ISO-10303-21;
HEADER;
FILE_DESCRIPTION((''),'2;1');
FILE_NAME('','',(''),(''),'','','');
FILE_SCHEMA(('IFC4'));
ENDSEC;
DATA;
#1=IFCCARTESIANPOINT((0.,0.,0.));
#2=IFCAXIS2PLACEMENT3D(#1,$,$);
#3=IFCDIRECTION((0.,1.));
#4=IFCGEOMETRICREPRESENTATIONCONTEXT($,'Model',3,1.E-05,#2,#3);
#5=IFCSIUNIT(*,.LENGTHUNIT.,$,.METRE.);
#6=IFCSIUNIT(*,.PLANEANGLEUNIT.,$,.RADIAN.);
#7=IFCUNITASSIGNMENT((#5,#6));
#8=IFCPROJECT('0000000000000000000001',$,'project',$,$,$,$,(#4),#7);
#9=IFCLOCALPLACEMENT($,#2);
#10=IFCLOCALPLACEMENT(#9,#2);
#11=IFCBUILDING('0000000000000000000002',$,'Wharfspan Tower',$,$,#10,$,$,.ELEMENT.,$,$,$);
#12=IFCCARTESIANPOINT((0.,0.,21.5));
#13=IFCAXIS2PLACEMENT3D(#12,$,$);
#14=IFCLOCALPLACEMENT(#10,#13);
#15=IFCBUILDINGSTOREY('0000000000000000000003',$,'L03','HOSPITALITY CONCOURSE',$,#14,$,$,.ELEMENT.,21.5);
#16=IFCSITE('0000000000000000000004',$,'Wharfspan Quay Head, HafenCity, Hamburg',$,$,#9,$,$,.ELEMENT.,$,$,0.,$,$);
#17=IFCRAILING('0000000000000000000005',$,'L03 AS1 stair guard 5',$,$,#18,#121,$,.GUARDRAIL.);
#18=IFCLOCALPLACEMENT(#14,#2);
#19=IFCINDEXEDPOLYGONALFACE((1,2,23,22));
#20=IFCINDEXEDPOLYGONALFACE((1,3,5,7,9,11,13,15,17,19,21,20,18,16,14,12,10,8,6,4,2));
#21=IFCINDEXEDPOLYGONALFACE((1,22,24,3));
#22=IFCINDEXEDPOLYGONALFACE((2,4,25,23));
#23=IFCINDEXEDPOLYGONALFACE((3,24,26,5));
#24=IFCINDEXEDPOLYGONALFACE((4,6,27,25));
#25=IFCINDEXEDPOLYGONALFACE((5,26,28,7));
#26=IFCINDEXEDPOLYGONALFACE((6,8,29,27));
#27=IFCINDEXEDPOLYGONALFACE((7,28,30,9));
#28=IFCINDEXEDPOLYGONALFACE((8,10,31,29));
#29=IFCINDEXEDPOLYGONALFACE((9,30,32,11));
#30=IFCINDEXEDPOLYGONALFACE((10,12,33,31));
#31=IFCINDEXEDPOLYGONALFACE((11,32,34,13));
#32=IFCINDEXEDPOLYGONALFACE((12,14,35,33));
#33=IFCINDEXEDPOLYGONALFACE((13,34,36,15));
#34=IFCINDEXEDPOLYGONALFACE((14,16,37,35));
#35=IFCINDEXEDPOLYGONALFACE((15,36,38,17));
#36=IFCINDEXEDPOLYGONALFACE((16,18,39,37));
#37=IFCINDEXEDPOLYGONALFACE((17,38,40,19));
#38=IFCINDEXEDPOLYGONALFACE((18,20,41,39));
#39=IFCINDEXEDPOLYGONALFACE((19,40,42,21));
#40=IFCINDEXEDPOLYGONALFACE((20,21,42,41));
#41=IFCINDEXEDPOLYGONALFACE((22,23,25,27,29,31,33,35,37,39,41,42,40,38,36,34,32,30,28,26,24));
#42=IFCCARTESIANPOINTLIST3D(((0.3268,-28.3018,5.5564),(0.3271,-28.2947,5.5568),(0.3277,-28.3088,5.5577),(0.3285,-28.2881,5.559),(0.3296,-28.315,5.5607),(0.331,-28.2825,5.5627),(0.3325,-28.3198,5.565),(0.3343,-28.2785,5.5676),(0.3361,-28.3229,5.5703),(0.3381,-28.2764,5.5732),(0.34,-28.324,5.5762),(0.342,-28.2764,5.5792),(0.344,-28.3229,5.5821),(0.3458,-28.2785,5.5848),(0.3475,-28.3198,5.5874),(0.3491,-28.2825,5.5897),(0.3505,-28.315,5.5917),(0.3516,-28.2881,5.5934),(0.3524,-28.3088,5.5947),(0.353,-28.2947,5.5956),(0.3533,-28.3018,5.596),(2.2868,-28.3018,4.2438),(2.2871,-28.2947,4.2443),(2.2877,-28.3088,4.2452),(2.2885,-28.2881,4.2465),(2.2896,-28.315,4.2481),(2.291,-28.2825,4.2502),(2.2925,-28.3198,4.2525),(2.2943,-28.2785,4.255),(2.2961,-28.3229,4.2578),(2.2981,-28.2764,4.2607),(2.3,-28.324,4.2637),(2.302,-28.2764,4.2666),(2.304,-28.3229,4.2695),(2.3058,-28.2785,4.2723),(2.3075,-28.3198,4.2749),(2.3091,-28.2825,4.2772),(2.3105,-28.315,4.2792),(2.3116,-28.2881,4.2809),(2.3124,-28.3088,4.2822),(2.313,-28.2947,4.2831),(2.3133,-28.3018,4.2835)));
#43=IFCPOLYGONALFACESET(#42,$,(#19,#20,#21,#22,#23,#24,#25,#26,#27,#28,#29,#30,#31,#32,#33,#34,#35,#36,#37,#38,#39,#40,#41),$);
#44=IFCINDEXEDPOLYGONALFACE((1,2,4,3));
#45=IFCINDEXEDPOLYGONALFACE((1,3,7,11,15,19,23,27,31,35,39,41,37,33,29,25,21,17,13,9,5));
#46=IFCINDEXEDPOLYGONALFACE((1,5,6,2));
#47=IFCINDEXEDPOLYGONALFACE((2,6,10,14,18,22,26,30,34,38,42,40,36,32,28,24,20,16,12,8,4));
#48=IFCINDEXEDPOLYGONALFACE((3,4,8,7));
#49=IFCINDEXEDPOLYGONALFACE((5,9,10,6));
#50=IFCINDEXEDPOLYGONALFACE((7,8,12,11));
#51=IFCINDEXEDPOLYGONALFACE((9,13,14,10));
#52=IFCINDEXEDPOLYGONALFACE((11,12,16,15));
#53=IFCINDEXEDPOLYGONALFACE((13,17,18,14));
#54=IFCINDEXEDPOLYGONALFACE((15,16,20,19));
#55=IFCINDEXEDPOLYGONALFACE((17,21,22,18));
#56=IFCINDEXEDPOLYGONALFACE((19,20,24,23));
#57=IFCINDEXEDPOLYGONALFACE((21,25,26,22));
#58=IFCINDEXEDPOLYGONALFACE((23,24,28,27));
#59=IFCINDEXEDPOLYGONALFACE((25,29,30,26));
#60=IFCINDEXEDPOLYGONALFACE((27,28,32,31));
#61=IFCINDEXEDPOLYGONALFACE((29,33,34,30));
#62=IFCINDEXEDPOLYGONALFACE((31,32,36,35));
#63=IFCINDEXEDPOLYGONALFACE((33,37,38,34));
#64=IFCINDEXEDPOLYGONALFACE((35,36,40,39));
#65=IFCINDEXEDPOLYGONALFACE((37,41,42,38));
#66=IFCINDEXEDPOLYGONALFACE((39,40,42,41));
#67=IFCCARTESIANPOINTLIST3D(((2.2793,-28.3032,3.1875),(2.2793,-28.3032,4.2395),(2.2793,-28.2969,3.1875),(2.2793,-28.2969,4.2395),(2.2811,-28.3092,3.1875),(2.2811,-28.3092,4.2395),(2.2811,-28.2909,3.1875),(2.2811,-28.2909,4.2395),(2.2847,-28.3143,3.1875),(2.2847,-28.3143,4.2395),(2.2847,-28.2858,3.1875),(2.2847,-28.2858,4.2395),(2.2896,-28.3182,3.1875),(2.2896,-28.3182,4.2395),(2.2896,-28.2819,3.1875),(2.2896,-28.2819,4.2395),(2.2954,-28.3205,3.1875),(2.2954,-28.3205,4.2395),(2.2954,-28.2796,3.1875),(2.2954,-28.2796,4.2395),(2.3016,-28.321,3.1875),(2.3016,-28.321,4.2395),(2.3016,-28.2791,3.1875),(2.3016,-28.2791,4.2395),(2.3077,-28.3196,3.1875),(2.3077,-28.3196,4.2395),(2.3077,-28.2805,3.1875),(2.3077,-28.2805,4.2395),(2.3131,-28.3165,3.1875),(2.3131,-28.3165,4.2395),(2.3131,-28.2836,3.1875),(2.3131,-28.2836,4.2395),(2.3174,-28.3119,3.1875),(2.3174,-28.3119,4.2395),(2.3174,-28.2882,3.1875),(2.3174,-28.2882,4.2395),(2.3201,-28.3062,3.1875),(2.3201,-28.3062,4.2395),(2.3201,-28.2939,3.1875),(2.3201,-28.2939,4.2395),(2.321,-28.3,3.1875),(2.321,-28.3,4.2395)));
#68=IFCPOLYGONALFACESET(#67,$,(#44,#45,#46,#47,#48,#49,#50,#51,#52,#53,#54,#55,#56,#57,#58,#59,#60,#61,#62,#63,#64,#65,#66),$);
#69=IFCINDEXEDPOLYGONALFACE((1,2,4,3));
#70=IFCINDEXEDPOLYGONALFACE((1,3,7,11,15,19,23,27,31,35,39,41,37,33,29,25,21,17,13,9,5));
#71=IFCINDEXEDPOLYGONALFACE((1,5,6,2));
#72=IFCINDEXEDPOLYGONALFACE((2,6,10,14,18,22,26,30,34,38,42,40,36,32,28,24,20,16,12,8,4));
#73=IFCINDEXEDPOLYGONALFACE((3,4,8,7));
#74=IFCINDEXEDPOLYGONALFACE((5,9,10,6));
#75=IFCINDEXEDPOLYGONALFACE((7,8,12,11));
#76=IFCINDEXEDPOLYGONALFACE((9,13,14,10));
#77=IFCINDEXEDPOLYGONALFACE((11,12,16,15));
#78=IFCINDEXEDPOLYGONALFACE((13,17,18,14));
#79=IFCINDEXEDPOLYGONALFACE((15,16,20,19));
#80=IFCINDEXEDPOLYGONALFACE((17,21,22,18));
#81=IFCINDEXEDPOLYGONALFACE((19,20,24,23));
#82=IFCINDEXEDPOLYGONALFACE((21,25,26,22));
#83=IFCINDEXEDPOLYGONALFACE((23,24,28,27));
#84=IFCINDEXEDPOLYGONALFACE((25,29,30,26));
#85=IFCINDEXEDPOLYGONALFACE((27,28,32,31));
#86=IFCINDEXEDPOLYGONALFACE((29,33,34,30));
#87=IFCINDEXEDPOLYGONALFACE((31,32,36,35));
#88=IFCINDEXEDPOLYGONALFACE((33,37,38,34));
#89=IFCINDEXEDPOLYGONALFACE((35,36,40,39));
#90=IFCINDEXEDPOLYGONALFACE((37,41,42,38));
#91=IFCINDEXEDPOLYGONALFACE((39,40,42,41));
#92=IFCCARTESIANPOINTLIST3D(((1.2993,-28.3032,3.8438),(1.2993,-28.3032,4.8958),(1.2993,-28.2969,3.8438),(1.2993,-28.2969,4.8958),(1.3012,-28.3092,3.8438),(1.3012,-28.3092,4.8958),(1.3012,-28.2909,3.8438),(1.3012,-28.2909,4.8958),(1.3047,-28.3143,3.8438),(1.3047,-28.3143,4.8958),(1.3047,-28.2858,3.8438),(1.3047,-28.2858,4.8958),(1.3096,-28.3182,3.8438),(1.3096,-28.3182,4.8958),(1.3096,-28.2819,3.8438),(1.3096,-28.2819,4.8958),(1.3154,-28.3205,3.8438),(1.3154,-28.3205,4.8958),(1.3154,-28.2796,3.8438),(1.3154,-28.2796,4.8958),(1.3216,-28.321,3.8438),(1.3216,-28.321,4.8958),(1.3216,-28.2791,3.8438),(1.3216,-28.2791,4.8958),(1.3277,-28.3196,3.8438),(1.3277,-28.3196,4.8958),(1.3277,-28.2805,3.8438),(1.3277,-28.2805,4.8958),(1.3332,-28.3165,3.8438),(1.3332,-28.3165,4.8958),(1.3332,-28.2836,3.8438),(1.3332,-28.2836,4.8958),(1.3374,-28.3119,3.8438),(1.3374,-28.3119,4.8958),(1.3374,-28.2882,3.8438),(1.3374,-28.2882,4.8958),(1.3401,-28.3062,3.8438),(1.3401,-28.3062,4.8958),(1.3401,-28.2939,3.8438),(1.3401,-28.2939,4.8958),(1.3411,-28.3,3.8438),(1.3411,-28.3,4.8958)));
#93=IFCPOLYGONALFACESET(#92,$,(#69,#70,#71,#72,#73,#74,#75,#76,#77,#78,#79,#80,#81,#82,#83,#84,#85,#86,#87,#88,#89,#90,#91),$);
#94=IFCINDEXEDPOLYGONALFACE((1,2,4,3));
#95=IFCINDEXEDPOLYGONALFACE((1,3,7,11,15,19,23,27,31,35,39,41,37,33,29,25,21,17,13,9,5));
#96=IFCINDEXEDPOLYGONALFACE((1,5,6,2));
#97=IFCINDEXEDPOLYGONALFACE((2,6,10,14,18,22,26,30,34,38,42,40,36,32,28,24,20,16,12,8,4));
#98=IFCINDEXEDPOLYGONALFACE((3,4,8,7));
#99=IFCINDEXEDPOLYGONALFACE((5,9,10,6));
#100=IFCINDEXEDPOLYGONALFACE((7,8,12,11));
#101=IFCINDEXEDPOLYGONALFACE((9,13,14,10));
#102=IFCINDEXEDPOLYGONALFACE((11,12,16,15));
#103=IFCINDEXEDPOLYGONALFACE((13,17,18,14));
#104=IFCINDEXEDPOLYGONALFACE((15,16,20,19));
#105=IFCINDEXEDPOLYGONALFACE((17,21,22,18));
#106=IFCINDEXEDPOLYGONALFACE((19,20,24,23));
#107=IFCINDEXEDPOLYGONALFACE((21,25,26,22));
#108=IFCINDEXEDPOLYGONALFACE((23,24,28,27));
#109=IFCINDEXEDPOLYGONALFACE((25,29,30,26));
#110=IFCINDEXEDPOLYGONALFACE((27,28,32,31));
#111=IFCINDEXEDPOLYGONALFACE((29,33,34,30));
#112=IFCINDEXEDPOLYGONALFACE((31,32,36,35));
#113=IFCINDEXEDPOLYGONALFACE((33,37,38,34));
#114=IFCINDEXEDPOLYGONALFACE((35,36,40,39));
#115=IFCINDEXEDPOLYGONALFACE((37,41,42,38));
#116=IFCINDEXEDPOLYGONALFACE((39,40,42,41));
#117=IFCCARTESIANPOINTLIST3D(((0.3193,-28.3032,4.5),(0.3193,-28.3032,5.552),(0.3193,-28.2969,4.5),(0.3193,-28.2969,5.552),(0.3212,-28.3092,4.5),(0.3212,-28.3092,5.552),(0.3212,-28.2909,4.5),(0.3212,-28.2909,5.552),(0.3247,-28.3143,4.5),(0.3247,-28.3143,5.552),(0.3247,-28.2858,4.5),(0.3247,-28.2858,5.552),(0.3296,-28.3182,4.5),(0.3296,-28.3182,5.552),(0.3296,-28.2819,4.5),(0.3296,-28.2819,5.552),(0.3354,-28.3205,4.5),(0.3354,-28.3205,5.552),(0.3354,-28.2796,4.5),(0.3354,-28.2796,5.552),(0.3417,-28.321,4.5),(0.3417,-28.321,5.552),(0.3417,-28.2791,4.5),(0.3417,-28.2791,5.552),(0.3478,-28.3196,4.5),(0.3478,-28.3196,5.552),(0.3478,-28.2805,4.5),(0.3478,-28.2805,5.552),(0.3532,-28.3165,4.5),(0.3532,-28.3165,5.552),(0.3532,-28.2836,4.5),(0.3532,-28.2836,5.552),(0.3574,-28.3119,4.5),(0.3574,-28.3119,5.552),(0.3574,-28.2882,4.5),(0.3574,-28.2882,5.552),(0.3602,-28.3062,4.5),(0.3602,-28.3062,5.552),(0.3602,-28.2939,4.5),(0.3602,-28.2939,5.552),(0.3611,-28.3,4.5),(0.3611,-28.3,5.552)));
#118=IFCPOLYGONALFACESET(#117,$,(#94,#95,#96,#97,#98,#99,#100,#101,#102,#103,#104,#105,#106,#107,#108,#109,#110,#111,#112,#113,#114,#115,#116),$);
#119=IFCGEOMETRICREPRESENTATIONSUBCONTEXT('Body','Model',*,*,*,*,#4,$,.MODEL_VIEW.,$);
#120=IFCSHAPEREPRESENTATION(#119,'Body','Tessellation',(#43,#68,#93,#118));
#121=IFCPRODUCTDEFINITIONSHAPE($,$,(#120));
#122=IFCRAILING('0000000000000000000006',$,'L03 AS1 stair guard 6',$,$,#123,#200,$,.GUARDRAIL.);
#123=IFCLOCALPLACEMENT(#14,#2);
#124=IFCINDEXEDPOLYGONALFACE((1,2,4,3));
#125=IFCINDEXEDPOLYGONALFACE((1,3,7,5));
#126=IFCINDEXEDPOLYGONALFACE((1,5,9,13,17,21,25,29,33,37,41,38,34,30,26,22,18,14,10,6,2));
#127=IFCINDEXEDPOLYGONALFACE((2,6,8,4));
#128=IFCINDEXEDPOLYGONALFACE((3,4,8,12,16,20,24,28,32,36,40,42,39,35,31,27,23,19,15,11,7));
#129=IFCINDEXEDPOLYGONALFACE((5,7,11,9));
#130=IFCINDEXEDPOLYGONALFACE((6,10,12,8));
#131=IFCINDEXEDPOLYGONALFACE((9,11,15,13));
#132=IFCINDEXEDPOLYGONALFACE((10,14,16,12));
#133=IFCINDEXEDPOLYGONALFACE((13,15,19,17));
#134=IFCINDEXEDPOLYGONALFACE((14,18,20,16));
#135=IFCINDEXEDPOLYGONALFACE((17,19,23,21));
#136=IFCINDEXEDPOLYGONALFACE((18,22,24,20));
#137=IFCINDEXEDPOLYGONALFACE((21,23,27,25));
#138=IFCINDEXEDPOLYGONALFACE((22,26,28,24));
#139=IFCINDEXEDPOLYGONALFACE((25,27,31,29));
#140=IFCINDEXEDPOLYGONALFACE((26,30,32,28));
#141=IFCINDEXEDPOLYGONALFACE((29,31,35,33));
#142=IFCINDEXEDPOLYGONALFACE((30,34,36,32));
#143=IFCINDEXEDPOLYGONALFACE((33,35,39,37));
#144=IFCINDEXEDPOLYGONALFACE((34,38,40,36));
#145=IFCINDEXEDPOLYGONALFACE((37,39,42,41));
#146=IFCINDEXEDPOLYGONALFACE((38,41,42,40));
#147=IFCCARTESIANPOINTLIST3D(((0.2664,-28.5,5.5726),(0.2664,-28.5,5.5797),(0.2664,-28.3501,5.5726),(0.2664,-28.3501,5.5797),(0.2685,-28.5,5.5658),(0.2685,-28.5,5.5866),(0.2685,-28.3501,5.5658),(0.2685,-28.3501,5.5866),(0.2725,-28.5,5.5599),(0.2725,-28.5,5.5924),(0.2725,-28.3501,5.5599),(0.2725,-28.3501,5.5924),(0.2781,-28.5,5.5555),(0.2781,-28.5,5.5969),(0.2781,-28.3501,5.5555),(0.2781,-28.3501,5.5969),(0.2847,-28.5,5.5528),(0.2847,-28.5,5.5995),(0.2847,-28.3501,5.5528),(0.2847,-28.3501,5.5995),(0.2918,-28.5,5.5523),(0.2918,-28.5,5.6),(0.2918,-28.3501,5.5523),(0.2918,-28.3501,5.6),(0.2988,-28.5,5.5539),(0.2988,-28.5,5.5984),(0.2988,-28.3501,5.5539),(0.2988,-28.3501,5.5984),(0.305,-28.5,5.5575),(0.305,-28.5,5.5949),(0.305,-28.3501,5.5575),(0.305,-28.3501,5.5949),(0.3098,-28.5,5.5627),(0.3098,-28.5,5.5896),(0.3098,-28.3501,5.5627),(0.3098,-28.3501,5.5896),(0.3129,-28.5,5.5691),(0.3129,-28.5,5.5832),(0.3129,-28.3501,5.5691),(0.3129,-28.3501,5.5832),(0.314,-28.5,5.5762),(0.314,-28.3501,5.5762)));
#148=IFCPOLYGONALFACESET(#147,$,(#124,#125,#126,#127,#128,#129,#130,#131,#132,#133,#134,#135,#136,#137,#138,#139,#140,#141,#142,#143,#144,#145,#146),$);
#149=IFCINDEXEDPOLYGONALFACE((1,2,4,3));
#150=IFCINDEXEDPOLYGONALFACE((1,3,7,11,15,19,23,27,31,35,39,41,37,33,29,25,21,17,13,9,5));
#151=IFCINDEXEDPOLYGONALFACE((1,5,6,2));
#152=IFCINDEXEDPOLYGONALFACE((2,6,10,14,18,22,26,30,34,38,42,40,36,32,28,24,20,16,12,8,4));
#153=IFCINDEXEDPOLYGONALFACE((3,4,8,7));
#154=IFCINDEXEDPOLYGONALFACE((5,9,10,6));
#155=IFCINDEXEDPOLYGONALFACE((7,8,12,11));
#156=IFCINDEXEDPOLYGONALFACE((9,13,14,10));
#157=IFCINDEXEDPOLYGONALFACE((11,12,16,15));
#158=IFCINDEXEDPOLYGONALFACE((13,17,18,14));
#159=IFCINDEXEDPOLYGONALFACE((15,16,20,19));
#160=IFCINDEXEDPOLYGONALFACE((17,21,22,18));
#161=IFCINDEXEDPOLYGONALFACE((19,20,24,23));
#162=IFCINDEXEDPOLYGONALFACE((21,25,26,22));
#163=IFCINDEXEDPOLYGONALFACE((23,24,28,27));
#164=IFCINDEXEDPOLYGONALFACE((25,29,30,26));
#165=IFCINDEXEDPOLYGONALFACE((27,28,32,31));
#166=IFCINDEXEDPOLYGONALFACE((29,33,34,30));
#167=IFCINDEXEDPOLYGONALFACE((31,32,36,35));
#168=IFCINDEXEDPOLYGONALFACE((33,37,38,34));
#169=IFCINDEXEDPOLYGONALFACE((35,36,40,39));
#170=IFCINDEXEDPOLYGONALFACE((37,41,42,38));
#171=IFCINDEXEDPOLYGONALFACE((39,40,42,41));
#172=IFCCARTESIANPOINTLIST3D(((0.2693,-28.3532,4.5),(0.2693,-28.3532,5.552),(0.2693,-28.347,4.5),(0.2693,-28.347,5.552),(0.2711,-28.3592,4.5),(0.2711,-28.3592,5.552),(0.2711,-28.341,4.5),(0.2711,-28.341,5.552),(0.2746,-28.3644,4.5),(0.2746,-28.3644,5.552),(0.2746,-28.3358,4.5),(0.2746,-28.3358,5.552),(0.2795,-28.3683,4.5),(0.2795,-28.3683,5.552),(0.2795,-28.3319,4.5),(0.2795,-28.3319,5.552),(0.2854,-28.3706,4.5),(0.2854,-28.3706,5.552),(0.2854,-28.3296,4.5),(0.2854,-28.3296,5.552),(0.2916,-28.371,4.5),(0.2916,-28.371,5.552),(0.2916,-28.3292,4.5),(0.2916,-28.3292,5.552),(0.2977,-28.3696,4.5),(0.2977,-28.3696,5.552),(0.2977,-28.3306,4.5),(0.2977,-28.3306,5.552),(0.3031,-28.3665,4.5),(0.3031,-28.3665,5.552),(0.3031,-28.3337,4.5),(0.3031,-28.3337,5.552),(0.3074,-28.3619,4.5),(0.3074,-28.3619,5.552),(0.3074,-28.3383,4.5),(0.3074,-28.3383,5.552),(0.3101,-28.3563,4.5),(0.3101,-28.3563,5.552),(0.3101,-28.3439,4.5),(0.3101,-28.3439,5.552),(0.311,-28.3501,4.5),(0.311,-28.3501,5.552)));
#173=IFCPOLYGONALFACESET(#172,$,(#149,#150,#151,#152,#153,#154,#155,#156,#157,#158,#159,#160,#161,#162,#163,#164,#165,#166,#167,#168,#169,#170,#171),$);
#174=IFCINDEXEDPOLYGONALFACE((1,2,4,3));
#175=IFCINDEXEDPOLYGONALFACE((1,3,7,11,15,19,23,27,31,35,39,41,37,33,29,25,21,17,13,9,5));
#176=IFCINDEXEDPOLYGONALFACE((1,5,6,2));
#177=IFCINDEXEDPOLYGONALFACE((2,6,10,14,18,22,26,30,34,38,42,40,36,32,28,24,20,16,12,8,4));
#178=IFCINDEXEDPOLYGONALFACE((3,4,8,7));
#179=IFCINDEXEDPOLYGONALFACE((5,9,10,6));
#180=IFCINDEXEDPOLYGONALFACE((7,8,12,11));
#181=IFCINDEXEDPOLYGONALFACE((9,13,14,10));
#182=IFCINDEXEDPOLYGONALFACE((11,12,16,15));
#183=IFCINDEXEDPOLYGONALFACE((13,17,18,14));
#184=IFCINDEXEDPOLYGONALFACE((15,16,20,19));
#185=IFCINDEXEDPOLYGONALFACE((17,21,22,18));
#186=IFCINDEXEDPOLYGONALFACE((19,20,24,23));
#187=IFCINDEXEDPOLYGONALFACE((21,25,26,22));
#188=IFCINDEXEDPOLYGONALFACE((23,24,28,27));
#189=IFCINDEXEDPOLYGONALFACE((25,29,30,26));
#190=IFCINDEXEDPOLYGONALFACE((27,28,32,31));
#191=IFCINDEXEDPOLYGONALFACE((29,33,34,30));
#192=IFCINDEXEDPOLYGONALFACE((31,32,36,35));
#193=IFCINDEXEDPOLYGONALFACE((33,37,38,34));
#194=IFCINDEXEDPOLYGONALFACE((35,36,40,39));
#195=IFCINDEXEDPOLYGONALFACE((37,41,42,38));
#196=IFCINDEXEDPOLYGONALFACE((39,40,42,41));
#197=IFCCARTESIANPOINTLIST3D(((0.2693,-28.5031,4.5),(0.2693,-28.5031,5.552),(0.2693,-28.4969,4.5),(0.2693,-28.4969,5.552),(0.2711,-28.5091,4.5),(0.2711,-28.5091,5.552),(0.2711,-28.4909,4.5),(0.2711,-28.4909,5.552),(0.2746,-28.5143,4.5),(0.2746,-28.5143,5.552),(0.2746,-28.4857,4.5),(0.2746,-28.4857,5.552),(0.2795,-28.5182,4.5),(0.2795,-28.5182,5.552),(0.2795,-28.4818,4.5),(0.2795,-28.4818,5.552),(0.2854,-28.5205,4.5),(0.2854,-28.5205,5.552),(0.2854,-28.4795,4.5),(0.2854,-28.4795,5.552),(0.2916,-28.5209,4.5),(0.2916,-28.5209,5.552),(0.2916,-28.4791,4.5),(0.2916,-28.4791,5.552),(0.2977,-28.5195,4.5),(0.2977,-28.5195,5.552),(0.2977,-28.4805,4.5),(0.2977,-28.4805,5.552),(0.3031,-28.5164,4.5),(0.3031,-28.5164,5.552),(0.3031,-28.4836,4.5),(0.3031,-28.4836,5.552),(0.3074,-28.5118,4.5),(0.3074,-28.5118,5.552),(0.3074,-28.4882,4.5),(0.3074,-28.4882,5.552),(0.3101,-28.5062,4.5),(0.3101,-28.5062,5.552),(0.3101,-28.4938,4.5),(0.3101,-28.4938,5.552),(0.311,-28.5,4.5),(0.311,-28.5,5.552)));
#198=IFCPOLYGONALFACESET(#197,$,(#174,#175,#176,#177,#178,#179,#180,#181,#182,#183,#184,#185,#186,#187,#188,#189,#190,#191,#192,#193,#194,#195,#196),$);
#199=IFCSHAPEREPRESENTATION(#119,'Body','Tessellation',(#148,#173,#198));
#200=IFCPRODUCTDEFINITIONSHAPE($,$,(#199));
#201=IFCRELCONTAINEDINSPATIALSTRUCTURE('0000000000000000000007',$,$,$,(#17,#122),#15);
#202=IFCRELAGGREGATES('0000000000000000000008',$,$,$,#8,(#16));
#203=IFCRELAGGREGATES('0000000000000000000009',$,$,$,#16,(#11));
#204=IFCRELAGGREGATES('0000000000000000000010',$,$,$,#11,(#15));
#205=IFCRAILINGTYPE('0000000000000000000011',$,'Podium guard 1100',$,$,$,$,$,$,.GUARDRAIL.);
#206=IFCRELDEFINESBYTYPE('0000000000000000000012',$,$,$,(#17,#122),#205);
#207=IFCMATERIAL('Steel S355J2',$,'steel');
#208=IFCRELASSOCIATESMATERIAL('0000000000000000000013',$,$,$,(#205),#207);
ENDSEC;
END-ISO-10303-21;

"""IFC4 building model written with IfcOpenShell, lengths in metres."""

from ifc_helpers import new_model, si_unit, direction, frame, origin, origin_2d, place, context, subcontext, project, spatial, circle, extrude, material, type_object, element, save


model = new_model("IFC4")

# Units and contexts
model_context = context("Model", 3, precision=1e-05, world=origin(), true_north=direction((0.0, 1.0)))
body_context = subcontext(model_context, "Body", "Model", "MODEL_VIEW")
ifc_project = project(units=[si_unit("LENGTHUNIT", "METRE"), si_unit("PLANEANGLEUNIT", "RADIAN")], contexts=[model_context])

# Site, building, storey
site_placement = place(None, origin())
site = spatial("IfcSite", under=ifc_project, at=site_placement, Name="Wharfspan Quay Head, HafenCity, Hamburg", CompositionType="ELEMENT", RefElevation=0.0)
building_placement = place(site_placement, origin())
building = spatial("IfcBuilding", under=site, at=building_placement, Name="Wharfspan Tower", CompositionType="ELEMENT")
storey_placement = place(building_placement, frame((0.0, 0.0, 21.5)))
storey = spatial("IfcBuildingStorey", under=building, at=storey_placement, Name="L03", Description="HOSPITALITY CONCOURSE", CompositionType="ELEMENT", Elevation=21.5)

# Railings
ifc_material_1 = material(Name="Steel S355J2", Category="steel")
railing_type_1 = type_object("IfcRailingType", Name="Podium guard 1100", PredefinedType="GUARDRAIL", material=ifc_material_1)
railing_1_placement = place(storey_placement, frame((2.3, -28.3, 3.1875)))
element("IfcRailing", 1, at=railing_1_placement, inside=storey, type_object=railing_type_1, Name="L03 AS1 stair guard 5", PredefinedType="GUARDRAIL", context=body_context, shape_type="SweptSolid", body=[
    extrude(circle(Radius=0.0239, at=origin_2d()), frame((0.0, 0.0, 1.0762), z_axis=(-0.830902, 0.0, 0.556419), x_axis=(0.0, -1.0, 0.0)), (0.0, 0.0, 1.0), 2.3589),
    extrude(circle(Radius=0.021, at=origin_2d()), origin(), (0.0, 0.0, 1.0), 1.052),
    extrude(circle(Radius=0.021, at=origin_2d()), frame((-0.98, 0.0, 0.6562)), (0.0, 0.0, 1.0), 1.052),
    extrude(circle(Radius=0.021, at=origin_2d()), frame((-1.96, 0.0, 1.3125)), (0.0, 0.0, 1.0), 1.052),
])
railing_2_placement = place(storey_placement, frame((0.29, -28.3501, 4.5)))
element("IfcRailing", 2, at=railing_2_placement, inside=storey, type_object=railing_type_1, Name="L03 AS1 stair guard 6", PredefinedType="GUARDRAIL", context=body_context, shape_type="SweptSolid", body=[
    extrude(circle(Radius=0.0239, at=origin_2d()), frame((0.0, 0.0, 1.0762), z_axis=(0.0, -1.0, 0.0), x_axis=(1.0, 0.0, 0.0)), (0.0, 0.0, 1.0), 0.1499),
    extrude(circle(Radius=0.021, at=origin_2d()), origin(), (0.0, 0.0, 1.0), 1.052),
    extrude(circle(Radius=0.021, at=origin_2d()), frame((0.0, -0.1499, 0.0)), (0.0, 0.0, 1.0), 1.052),
])

save(model, "model.ifc")
